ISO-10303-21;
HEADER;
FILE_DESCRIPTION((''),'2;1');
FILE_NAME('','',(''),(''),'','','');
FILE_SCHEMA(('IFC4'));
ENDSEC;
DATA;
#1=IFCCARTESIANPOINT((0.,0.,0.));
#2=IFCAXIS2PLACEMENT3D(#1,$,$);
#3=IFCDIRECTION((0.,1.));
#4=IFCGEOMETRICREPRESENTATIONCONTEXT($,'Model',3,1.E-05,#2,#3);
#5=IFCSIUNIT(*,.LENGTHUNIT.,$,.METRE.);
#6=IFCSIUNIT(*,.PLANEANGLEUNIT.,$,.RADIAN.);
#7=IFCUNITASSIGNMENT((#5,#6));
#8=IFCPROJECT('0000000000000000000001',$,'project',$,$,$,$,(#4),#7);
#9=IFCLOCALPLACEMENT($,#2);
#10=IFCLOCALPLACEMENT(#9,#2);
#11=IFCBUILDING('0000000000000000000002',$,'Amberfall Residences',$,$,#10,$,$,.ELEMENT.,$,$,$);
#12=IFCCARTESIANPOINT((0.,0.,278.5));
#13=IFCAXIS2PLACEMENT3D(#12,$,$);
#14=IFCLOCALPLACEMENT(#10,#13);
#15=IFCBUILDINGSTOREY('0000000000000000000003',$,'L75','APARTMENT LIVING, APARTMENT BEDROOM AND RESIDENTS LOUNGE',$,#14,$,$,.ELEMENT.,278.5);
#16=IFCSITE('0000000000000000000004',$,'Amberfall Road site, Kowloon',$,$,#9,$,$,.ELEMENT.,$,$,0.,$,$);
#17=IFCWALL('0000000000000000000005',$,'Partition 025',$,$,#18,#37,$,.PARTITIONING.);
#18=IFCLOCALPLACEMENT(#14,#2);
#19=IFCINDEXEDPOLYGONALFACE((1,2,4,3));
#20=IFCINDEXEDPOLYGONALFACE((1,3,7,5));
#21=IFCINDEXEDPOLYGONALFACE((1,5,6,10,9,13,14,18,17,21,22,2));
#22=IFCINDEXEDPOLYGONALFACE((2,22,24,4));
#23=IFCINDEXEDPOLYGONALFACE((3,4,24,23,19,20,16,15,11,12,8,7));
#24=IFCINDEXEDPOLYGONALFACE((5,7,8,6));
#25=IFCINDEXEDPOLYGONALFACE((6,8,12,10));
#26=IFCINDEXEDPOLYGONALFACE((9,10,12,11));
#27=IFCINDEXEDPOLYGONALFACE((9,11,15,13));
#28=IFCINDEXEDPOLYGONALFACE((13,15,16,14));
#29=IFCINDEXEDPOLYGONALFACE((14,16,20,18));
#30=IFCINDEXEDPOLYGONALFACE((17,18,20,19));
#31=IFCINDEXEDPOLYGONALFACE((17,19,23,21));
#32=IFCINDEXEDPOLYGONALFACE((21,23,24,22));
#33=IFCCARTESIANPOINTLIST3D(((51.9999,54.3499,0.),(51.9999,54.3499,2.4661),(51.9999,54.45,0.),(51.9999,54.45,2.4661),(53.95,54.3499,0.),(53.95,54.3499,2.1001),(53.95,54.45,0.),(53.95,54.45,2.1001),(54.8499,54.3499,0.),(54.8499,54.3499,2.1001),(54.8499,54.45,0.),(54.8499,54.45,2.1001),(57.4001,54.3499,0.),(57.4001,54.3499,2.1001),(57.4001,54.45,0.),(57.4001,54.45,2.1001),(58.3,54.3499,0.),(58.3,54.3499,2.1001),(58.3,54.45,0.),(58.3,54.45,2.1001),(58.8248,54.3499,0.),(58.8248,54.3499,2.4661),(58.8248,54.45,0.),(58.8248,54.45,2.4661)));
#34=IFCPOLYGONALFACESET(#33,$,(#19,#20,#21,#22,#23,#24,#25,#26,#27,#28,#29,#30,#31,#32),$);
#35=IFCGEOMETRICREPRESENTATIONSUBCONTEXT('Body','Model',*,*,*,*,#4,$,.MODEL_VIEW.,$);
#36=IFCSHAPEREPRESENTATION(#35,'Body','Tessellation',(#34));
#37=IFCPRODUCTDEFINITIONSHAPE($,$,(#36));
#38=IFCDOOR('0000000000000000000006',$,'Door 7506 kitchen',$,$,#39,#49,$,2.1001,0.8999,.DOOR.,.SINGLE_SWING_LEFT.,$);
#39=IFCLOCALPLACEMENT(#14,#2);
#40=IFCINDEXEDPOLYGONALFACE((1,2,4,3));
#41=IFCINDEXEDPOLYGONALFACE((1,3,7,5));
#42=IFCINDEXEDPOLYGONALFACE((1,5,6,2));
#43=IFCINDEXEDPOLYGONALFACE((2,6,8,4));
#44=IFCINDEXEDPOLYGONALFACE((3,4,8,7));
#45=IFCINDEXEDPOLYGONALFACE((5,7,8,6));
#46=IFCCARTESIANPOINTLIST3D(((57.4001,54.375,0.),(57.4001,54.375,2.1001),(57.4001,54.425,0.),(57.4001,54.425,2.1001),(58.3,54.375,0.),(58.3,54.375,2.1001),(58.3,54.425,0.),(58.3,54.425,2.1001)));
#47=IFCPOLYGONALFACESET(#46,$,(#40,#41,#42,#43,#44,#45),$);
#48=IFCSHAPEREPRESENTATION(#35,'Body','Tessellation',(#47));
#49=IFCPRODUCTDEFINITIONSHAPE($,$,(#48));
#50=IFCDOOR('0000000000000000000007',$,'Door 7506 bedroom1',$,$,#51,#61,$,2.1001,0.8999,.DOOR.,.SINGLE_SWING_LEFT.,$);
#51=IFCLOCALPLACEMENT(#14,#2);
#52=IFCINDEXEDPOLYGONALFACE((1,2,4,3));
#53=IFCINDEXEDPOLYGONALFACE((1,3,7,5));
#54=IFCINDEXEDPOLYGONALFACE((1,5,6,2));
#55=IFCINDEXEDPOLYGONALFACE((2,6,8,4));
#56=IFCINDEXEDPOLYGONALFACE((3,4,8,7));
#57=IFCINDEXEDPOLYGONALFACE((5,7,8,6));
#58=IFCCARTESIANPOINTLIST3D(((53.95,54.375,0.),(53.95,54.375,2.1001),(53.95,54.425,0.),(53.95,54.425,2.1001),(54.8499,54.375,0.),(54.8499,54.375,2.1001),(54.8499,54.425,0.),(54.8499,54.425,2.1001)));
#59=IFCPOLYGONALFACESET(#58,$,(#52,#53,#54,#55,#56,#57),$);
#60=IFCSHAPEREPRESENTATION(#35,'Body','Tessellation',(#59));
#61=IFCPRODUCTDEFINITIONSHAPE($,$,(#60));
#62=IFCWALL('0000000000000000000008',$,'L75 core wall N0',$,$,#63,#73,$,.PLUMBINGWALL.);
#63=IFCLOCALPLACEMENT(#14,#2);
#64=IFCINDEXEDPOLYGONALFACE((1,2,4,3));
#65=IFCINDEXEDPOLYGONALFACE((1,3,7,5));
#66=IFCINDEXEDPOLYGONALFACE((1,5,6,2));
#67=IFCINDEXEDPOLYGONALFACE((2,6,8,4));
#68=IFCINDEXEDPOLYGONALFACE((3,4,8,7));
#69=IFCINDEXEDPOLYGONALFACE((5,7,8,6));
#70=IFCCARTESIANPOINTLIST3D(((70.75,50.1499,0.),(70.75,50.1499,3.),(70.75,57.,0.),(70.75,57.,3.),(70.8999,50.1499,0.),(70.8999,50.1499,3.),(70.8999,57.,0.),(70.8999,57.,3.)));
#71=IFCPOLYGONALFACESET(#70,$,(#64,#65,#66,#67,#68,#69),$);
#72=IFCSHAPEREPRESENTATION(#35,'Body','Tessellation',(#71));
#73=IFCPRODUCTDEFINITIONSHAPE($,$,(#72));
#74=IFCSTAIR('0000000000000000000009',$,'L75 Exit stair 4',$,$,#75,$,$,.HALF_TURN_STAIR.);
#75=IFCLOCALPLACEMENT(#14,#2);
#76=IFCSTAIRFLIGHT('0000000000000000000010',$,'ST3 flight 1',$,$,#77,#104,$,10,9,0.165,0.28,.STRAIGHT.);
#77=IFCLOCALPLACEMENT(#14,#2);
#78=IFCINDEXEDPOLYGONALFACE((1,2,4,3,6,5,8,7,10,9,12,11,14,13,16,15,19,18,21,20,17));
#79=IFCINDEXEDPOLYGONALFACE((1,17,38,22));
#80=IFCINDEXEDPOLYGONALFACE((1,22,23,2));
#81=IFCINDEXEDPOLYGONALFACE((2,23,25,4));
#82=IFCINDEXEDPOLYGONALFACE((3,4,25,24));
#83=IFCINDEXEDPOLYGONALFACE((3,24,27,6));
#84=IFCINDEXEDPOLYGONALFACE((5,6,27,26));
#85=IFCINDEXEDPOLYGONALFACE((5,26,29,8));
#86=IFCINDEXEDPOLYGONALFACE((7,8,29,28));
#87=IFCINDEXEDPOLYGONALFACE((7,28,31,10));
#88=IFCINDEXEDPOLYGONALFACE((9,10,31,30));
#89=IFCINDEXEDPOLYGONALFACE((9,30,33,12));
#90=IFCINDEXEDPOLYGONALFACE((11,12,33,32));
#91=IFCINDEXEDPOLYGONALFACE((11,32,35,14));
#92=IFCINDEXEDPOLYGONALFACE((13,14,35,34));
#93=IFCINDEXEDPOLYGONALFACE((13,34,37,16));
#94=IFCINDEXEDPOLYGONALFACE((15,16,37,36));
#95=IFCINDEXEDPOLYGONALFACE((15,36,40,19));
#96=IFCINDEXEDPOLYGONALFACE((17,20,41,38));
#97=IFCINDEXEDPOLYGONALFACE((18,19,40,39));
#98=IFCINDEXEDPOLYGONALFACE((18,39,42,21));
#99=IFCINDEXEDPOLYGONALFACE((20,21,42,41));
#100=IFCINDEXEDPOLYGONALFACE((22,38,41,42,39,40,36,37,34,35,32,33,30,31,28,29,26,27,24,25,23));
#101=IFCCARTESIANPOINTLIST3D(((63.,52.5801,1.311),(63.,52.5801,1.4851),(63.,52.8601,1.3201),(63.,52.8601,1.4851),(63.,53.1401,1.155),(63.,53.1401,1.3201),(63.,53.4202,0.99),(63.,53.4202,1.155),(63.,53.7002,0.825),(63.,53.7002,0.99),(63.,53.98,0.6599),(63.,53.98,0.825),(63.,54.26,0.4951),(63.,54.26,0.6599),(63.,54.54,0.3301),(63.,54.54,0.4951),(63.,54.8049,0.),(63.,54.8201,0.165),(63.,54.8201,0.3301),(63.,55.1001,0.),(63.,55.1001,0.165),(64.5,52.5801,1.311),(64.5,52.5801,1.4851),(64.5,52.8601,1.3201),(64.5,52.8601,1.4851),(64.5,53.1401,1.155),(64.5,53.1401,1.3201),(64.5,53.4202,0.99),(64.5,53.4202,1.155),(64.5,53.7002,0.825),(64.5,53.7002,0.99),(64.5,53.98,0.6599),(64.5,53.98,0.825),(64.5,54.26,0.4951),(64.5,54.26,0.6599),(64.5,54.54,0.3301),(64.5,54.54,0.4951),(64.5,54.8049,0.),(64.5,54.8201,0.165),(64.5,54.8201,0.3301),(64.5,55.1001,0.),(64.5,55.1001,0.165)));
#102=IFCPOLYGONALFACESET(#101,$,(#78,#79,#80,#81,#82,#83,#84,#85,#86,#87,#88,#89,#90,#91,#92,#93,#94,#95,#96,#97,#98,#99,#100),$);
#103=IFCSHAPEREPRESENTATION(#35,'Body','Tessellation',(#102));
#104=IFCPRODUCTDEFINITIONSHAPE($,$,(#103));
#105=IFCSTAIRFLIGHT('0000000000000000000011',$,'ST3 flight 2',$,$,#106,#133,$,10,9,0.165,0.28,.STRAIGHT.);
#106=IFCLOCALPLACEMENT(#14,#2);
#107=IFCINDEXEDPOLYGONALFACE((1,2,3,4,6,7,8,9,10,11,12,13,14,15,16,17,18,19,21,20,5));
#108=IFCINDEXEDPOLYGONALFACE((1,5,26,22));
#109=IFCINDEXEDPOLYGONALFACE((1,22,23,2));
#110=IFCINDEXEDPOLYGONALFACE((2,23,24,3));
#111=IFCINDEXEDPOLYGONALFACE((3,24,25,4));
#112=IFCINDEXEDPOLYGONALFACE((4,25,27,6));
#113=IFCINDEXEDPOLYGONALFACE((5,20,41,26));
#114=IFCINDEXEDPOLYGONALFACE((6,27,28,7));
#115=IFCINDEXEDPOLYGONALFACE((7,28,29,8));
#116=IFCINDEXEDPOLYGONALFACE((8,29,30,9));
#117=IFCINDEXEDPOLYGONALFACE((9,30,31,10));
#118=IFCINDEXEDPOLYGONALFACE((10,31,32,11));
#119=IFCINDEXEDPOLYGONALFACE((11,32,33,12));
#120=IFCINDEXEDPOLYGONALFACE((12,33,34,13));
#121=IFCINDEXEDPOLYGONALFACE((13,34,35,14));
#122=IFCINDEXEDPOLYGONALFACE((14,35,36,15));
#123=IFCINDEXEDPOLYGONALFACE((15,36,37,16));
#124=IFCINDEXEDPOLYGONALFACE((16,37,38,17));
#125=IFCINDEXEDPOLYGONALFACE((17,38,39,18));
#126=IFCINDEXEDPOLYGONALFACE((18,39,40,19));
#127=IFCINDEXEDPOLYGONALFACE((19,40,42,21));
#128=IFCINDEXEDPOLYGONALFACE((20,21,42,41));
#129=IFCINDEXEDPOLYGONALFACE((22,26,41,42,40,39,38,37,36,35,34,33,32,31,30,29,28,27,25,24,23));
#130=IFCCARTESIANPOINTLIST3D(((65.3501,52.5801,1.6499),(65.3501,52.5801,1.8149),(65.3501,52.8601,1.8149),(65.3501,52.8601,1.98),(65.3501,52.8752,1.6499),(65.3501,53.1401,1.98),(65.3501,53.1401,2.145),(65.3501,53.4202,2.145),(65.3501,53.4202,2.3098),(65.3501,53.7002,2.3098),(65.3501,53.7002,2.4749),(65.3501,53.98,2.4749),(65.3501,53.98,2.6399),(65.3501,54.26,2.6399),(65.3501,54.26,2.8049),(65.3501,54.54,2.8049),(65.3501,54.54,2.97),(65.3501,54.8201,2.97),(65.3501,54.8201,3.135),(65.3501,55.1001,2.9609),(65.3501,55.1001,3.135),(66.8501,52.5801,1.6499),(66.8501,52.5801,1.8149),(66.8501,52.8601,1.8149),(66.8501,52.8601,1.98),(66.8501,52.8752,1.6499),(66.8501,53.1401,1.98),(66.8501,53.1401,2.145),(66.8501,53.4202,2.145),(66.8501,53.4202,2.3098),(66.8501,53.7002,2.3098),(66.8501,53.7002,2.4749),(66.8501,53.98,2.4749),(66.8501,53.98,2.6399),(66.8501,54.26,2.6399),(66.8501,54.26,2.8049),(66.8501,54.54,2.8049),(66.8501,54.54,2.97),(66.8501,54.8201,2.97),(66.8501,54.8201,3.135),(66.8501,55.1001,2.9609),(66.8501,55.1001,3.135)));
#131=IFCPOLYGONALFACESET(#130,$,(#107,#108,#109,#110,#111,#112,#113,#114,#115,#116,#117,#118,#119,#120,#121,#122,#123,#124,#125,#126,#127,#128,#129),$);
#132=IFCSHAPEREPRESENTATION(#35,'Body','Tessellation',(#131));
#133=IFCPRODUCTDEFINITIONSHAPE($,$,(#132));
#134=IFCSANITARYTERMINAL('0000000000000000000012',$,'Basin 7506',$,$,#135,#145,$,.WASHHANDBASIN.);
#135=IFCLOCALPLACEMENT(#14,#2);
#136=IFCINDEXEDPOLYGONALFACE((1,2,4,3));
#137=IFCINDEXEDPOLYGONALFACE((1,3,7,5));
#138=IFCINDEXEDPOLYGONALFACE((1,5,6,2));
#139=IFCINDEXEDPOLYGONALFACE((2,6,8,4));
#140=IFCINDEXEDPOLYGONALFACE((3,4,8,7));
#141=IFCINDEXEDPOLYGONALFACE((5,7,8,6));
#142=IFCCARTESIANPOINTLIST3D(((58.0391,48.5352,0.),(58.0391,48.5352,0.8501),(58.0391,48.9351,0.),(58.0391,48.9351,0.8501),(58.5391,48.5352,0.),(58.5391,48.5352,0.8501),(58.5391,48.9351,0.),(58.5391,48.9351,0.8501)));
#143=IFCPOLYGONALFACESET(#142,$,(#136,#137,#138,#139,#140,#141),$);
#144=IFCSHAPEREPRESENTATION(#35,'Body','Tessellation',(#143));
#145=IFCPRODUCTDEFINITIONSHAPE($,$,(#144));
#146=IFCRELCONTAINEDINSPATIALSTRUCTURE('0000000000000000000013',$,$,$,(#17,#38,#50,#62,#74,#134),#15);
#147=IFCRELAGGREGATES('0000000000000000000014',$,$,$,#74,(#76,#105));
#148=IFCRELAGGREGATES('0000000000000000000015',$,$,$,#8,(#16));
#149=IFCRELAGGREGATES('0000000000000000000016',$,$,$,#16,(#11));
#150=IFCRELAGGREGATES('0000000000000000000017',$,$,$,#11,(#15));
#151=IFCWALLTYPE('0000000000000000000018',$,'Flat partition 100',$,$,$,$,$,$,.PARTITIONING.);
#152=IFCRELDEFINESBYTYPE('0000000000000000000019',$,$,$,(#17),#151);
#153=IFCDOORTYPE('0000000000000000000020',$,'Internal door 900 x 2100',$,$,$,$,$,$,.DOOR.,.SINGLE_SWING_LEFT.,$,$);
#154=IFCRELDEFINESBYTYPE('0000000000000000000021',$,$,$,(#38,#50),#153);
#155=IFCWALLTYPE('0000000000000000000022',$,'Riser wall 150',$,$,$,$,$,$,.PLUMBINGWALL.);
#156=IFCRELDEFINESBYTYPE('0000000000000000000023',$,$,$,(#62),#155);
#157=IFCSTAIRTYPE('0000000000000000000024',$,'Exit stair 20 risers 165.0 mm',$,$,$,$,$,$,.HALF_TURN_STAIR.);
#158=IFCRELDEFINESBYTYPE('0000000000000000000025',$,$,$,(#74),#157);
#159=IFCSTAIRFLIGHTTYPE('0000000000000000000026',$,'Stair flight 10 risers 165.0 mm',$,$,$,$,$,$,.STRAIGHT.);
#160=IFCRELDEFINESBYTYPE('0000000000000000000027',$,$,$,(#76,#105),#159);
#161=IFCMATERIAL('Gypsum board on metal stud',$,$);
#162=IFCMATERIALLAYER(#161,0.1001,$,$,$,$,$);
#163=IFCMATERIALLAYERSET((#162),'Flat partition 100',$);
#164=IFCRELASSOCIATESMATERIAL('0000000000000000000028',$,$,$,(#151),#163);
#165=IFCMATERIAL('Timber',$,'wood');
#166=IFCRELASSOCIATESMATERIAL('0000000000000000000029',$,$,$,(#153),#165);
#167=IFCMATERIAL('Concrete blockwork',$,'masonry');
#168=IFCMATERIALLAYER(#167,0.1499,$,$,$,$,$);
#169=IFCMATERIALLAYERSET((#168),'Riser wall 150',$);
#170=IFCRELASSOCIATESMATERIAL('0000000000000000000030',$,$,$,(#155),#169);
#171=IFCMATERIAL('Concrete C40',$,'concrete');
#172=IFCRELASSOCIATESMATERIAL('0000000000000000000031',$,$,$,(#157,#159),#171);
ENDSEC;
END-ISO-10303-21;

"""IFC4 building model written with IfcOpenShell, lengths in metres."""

from ifc_helpers import new_model, si_unit, direction, frame, frame_2d, origin, origin_2d, place, context, subcontext, project, spatial, polyline, rectangle, outline, extrude, material, layer, layer_set, type_object, element, fill, aggregate, save


model = new_model("IFC4")

# Units and contexts
model_context = context("Model", 3, precision=1e-05, world=origin(), true_north=direction((0.0, 1.0)))
body_context = subcontext(model_context, "Body", "Model", "MODEL_VIEW")
ifc_project = project(units=[si_unit("LENGTHUNIT", "METRE"), si_unit("PLANEANGLEUNIT", "RADIAN")], contexts=[model_context])

# Site, building, storey
site_placement = place(None, origin())
site = spatial("IfcSite", under=ifc_project, at=site_placement, Name="Amberfall Road site, Kowloon", CompositionType="ELEMENT", RefElevation=0.0)
building_placement = place(site_placement, origin())
building = spatial("IfcBuilding", under=site, at=building_placement, Name="Amberfall Residences", CompositionType="ELEMENT")
storey_placement = place(building_placement, frame((0.0, 0.0, 278.5)))
storey = spatial("IfcBuildingStorey", under=building, at=storey_placement, Name="L75", Description="APARTMENT LIVING, APARTMENT BEDROOM AND RESIDENTS LOUNGE", CompositionType="ELEMENT", Elevation=278.5)

# Wall, openings, doors
ifc_material_1 = material(Name="Gypsum board on metal stud")
ifc_layer_1 = layer(ifc_material_1, 0.1001)
ifc_layer_set_1 = layer_set([ifc_layer_1], Name="Flat partition 100")
wall_type_1 = type_object("IfcWallType", Name="Flat partition 100", PredefinedType="PARTITIONING", material=ifc_layer_set_1)
wall_1_placement = place(storey_placement, frame((58.825, 54.3999, 0.0), z_axis=(0.0, 0.0, 1.0), x_axis=(-1.0, 0.0, 0.0)))
wall_1 = element("IfcWall", 1, at=wall_1_placement, inside=storey, type_object=wall_type_1, Name="Partition 025", PredefinedType="PARTITIONING", context=body_context, shape_type="SweptSolid", body=[
    extrude(rectangle(XDim=6.825, YDim=0.1001, at=frame_2d((3.4126, 0.0))), origin(), (0.0, 0.0, 1.0), 2.4661),
])
opening_1_placement = place(wall_1_placement, frame((0.5249, 0.0, 0.0)))
opening_1 = element("IfcOpeningElement", 2, at=opening_1_placement, cuts=wall_1, PredefinedType="OPENING", context=body_context, shape_type="SweptSolid", body=[
    extrude(rectangle(XDim=0.8999, YDim=2.1001, at=frame_2d((0.45, 1.05))), frame((0.0, 0.0601, 0.0), z_axis=(0.0, -1.0, 0.0), x_axis=(1.0, 0.0, 0.0)), (0.0, 0.0, 1.0), 0.1201),
])
opening_2_placement = place(wall_1_placement, frame((3.9751, 0.0, 0.0)))
opening_2 = element("IfcOpeningElement", 3, at=opening_2_placement, cuts=wall_1, PredefinedType="OPENING", context=body_context, shape_type="SweptSolid", body=[
    extrude(rectangle(XDim=0.8999, YDim=2.1001, at=frame_2d((0.45, 1.05))), frame((0.0, 0.0601, 0.0), z_axis=(0.0, -1.0, 0.0), x_axis=(1.0, 0.0, 0.0)), (0.0, 0.0, 1.0), 0.1201),
])
ifc_material_2 = material(Name="Timber", Category="wood")
door_type_1 = type_object("IfcDoorType", Name="Internal door 900 x 2100", OperationType="SINGLE_SWING_LEFT", PredefinedType="DOOR", material=ifc_material_2)
door_1_placement = place(opening_1_placement, origin())
door_1 = element("IfcDoor", 4, at=door_1_placement, inside=storey, type_object=door_type_1, Name="Door 7506 kitchen", OperationType="SINGLE_SWING_LEFT", OverallHeight=2.1001, OverallWidth=0.8999, PredefinedType="DOOR", context=body_context, shape_type="SweptSolid", body=[
    extrude(rectangle(XDim=0.8999, YDim=2.1001, at=frame_2d((0.45, 1.05))), frame((0.0, 0.0249, 0.0), z_axis=(0.0, -1.0, 0.0), x_axis=(1.0, 0.0, 0.0)), (0.0, 0.0, 1.0), 0.05),
])
fill(opening_1, door_1)
door_2_placement = place(opening_2_placement, origin())
door_2 = element("IfcDoor", 5, at=door_2_placement, inside=storey, type_object=door_type_1, Name="Door 7506 bedroom1", OperationType="SINGLE_SWING_LEFT", OverallHeight=2.1001, OverallWidth=0.8999, PredefinedType="DOOR", context=body_context, shape_type="SweptSolid", body=[
    extrude(rectangle(XDim=0.8999, YDim=2.1001, at=frame_2d((0.45, 1.05))), frame((0.0, 0.0249, 0.0), z_axis=(0.0, -1.0, 0.0), x_axis=(1.0, 0.0, 0.0)), (0.0, 0.0, 1.0), 0.05),
])
fill(opening_2, door_2)

# Wall
ifc_material_3 = material(Name="Concrete blockwork", Category="masonry")
ifc_layer_2 = layer(ifc_material_3, 0.1499)
ifc_layer_set_2 = layer_set([ifc_layer_2], Name="Riser wall 150")
wall_type_2 = type_object("IfcWallType", Name="Riser wall 150", PredefinedType="PLUMBINGWALL", material=ifc_layer_set_2)
wall_2_placement = place(storey_placement, frame((70.825, 50.1499, 0.0), z_axis=(0.0, 0.0, 1.0), x_axis=(0.0, 1.0, 0.0)))
element("IfcWall", 6, at=wall_2_placement, inside=storey, type_object=wall_type_2, Name="L75 core wall N0", PredefinedType="PLUMBINGWALL", context=body_context, shape_type="SweptSolid", body=[
    extrude(rectangle(XDim=6.8501, YDim=0.1499, at=frame_2d((3.425, 0.0))), origin(), (0.0, 0.0, 1.0), 3.0),
])

# Stair, stair flights
ifc_material_4 = material(Name="Concrete C40", Category="concrete")
stair_type = type_object("IfcStairType", Name="Exit stair 20 risers 165.0 mm", PredefinedType="HALF_TURN_STAIR", material=ifc_material_4)
stair_placement = place(storey_placement, origin())
stair = element("IfcStair", 7, at=stair_placement, inside=storey, type_object=stair_type, Name="L75 Exit stair 4", PredefinedType="HALF_TURN_STAIR")
stair_flight_type = type_object("IfcStairFlightType", Name="Stair flight 10 risers 165.0 mm", PredefinedType="STRAIGHT", material=ifc_material_4)
stair_flight_1_placement = place(storey_placement, frame((63.75, 55.1001, 0.0), z_axis=(0.0, 0.0, 1.0), x_axis=(0.0, -1.0, 0.0)))
stair_flight_1 = element("IfcStairFlight", 8, at=stair_flight_1_placement, type_object=stair_flight_type, Name="ST3 flight 1", NumberOfRisers=10, NumberOfTreads=9, PredefinedType="STRAIGHT", RiserHeight=0.165, TreadLength=0.28, context=body_context, shape_type="SweptSolid", body=[
    extrude(outline(polyline([(0.0, 0.0), (0.0, 0.165), (0.28, 0.165), (0.28, 0.3301), (0.5601, 0.3301), (0.5601, 0.4951), (0.8401, 0.4951), (0.8401, 0.6599), (1.1201, 0.6599), (1.1201, 0.825), (1.3999, 0.825), (1.3999, 0.99), (1.6799, 0.99), (1.6799, 1.155), (1.96, 1.155), (1.96, 1.3201), (2.24, 1.3201), (2.24, 1.4851), (2.52, 1.4851), (2.52, 1.6499), (2.52, 1.311), (0.2952, 0.0), (0.0, 0.0)])), frame((0.0, 0.75, 0.0), z_axis=(0.0, -1.0, 0.0), x_axis=(1.0, 0.0, 0.0)), (0.0, 0.0, 1.0), 1.5),
])
stair_flight_2_placement = place(storey_placement, frame((66.1001, 52.5801, 1.6499), z_axis=(0.0, 0.0, 1.0), x_axis=(0.0, 1.0, 0.0)))
stair_flight_2 = element("IfcStairFlight", 9, at=stair_flight_2_placement, type_object=stair_flight_type, Name="ST3 flight 2", NumberOfRisers=10, NumberOfTreads=9, PredefinedType="STRAIGHT", RiserHeight=0.165, TreadLength=0.28, context=body_context, shape_type="SweptSolid", body=[
    extrude(outline(polyline([(0.0, 0.0), (0.0, 0.165), (0.28, 0.165), (0.28, 0.3301), (0.5601, 0.3301), (0.5601, 0.4951), (0.8401, 0.4951), (0.8401, 0.6599), (1.1201, 0.6599), (1.1201, 0.825), (1.3999, 0.825), (1.3999, 0.99), (1.6799, 0.99), (1.6799, 1.155), (1.96, 1.155), (1.96, 1.3201), (2.24, 1.3201), (2.24, 1.4851), (2.52, 1.4851), (2.52, 1.6499), (2.52, 1.311), (0.2952, 0.0), (0.0, 0.0)])), frame((0.0, 0.75, 0.0), z_axis=(0.0, -1.0, 0.0), x_axis=(1.0, 0.0, 0.0)), (0.0, 0.0, 1.0), 1.5),
])
aggregate(stair, [stair_flight_1, stair_flight_2])

# Sanitary terminal
sanitary_terminal_placement = place(storey_placement, frame((58.2891, 48.7351, 0.0), z_axis=(0.0, 0.0, 1.0), x_axis=(1.0, 0.0, 0.0)))
element("IfcSanitaryTerminal", 10, at=sanitary_terminal_placement, inside=storey, Name="Basin 7506", PredefinedType="WASHHANDBASIN", context=body_context, shape_type="SweptSolid", body=[
    extrude(rectangle(XDim=0.5, YDim=0.3999, at=origin_2d()), origin(), (0.0, 0.0, 1.0), 0.8501),
])

save(model, "model.ifc")
